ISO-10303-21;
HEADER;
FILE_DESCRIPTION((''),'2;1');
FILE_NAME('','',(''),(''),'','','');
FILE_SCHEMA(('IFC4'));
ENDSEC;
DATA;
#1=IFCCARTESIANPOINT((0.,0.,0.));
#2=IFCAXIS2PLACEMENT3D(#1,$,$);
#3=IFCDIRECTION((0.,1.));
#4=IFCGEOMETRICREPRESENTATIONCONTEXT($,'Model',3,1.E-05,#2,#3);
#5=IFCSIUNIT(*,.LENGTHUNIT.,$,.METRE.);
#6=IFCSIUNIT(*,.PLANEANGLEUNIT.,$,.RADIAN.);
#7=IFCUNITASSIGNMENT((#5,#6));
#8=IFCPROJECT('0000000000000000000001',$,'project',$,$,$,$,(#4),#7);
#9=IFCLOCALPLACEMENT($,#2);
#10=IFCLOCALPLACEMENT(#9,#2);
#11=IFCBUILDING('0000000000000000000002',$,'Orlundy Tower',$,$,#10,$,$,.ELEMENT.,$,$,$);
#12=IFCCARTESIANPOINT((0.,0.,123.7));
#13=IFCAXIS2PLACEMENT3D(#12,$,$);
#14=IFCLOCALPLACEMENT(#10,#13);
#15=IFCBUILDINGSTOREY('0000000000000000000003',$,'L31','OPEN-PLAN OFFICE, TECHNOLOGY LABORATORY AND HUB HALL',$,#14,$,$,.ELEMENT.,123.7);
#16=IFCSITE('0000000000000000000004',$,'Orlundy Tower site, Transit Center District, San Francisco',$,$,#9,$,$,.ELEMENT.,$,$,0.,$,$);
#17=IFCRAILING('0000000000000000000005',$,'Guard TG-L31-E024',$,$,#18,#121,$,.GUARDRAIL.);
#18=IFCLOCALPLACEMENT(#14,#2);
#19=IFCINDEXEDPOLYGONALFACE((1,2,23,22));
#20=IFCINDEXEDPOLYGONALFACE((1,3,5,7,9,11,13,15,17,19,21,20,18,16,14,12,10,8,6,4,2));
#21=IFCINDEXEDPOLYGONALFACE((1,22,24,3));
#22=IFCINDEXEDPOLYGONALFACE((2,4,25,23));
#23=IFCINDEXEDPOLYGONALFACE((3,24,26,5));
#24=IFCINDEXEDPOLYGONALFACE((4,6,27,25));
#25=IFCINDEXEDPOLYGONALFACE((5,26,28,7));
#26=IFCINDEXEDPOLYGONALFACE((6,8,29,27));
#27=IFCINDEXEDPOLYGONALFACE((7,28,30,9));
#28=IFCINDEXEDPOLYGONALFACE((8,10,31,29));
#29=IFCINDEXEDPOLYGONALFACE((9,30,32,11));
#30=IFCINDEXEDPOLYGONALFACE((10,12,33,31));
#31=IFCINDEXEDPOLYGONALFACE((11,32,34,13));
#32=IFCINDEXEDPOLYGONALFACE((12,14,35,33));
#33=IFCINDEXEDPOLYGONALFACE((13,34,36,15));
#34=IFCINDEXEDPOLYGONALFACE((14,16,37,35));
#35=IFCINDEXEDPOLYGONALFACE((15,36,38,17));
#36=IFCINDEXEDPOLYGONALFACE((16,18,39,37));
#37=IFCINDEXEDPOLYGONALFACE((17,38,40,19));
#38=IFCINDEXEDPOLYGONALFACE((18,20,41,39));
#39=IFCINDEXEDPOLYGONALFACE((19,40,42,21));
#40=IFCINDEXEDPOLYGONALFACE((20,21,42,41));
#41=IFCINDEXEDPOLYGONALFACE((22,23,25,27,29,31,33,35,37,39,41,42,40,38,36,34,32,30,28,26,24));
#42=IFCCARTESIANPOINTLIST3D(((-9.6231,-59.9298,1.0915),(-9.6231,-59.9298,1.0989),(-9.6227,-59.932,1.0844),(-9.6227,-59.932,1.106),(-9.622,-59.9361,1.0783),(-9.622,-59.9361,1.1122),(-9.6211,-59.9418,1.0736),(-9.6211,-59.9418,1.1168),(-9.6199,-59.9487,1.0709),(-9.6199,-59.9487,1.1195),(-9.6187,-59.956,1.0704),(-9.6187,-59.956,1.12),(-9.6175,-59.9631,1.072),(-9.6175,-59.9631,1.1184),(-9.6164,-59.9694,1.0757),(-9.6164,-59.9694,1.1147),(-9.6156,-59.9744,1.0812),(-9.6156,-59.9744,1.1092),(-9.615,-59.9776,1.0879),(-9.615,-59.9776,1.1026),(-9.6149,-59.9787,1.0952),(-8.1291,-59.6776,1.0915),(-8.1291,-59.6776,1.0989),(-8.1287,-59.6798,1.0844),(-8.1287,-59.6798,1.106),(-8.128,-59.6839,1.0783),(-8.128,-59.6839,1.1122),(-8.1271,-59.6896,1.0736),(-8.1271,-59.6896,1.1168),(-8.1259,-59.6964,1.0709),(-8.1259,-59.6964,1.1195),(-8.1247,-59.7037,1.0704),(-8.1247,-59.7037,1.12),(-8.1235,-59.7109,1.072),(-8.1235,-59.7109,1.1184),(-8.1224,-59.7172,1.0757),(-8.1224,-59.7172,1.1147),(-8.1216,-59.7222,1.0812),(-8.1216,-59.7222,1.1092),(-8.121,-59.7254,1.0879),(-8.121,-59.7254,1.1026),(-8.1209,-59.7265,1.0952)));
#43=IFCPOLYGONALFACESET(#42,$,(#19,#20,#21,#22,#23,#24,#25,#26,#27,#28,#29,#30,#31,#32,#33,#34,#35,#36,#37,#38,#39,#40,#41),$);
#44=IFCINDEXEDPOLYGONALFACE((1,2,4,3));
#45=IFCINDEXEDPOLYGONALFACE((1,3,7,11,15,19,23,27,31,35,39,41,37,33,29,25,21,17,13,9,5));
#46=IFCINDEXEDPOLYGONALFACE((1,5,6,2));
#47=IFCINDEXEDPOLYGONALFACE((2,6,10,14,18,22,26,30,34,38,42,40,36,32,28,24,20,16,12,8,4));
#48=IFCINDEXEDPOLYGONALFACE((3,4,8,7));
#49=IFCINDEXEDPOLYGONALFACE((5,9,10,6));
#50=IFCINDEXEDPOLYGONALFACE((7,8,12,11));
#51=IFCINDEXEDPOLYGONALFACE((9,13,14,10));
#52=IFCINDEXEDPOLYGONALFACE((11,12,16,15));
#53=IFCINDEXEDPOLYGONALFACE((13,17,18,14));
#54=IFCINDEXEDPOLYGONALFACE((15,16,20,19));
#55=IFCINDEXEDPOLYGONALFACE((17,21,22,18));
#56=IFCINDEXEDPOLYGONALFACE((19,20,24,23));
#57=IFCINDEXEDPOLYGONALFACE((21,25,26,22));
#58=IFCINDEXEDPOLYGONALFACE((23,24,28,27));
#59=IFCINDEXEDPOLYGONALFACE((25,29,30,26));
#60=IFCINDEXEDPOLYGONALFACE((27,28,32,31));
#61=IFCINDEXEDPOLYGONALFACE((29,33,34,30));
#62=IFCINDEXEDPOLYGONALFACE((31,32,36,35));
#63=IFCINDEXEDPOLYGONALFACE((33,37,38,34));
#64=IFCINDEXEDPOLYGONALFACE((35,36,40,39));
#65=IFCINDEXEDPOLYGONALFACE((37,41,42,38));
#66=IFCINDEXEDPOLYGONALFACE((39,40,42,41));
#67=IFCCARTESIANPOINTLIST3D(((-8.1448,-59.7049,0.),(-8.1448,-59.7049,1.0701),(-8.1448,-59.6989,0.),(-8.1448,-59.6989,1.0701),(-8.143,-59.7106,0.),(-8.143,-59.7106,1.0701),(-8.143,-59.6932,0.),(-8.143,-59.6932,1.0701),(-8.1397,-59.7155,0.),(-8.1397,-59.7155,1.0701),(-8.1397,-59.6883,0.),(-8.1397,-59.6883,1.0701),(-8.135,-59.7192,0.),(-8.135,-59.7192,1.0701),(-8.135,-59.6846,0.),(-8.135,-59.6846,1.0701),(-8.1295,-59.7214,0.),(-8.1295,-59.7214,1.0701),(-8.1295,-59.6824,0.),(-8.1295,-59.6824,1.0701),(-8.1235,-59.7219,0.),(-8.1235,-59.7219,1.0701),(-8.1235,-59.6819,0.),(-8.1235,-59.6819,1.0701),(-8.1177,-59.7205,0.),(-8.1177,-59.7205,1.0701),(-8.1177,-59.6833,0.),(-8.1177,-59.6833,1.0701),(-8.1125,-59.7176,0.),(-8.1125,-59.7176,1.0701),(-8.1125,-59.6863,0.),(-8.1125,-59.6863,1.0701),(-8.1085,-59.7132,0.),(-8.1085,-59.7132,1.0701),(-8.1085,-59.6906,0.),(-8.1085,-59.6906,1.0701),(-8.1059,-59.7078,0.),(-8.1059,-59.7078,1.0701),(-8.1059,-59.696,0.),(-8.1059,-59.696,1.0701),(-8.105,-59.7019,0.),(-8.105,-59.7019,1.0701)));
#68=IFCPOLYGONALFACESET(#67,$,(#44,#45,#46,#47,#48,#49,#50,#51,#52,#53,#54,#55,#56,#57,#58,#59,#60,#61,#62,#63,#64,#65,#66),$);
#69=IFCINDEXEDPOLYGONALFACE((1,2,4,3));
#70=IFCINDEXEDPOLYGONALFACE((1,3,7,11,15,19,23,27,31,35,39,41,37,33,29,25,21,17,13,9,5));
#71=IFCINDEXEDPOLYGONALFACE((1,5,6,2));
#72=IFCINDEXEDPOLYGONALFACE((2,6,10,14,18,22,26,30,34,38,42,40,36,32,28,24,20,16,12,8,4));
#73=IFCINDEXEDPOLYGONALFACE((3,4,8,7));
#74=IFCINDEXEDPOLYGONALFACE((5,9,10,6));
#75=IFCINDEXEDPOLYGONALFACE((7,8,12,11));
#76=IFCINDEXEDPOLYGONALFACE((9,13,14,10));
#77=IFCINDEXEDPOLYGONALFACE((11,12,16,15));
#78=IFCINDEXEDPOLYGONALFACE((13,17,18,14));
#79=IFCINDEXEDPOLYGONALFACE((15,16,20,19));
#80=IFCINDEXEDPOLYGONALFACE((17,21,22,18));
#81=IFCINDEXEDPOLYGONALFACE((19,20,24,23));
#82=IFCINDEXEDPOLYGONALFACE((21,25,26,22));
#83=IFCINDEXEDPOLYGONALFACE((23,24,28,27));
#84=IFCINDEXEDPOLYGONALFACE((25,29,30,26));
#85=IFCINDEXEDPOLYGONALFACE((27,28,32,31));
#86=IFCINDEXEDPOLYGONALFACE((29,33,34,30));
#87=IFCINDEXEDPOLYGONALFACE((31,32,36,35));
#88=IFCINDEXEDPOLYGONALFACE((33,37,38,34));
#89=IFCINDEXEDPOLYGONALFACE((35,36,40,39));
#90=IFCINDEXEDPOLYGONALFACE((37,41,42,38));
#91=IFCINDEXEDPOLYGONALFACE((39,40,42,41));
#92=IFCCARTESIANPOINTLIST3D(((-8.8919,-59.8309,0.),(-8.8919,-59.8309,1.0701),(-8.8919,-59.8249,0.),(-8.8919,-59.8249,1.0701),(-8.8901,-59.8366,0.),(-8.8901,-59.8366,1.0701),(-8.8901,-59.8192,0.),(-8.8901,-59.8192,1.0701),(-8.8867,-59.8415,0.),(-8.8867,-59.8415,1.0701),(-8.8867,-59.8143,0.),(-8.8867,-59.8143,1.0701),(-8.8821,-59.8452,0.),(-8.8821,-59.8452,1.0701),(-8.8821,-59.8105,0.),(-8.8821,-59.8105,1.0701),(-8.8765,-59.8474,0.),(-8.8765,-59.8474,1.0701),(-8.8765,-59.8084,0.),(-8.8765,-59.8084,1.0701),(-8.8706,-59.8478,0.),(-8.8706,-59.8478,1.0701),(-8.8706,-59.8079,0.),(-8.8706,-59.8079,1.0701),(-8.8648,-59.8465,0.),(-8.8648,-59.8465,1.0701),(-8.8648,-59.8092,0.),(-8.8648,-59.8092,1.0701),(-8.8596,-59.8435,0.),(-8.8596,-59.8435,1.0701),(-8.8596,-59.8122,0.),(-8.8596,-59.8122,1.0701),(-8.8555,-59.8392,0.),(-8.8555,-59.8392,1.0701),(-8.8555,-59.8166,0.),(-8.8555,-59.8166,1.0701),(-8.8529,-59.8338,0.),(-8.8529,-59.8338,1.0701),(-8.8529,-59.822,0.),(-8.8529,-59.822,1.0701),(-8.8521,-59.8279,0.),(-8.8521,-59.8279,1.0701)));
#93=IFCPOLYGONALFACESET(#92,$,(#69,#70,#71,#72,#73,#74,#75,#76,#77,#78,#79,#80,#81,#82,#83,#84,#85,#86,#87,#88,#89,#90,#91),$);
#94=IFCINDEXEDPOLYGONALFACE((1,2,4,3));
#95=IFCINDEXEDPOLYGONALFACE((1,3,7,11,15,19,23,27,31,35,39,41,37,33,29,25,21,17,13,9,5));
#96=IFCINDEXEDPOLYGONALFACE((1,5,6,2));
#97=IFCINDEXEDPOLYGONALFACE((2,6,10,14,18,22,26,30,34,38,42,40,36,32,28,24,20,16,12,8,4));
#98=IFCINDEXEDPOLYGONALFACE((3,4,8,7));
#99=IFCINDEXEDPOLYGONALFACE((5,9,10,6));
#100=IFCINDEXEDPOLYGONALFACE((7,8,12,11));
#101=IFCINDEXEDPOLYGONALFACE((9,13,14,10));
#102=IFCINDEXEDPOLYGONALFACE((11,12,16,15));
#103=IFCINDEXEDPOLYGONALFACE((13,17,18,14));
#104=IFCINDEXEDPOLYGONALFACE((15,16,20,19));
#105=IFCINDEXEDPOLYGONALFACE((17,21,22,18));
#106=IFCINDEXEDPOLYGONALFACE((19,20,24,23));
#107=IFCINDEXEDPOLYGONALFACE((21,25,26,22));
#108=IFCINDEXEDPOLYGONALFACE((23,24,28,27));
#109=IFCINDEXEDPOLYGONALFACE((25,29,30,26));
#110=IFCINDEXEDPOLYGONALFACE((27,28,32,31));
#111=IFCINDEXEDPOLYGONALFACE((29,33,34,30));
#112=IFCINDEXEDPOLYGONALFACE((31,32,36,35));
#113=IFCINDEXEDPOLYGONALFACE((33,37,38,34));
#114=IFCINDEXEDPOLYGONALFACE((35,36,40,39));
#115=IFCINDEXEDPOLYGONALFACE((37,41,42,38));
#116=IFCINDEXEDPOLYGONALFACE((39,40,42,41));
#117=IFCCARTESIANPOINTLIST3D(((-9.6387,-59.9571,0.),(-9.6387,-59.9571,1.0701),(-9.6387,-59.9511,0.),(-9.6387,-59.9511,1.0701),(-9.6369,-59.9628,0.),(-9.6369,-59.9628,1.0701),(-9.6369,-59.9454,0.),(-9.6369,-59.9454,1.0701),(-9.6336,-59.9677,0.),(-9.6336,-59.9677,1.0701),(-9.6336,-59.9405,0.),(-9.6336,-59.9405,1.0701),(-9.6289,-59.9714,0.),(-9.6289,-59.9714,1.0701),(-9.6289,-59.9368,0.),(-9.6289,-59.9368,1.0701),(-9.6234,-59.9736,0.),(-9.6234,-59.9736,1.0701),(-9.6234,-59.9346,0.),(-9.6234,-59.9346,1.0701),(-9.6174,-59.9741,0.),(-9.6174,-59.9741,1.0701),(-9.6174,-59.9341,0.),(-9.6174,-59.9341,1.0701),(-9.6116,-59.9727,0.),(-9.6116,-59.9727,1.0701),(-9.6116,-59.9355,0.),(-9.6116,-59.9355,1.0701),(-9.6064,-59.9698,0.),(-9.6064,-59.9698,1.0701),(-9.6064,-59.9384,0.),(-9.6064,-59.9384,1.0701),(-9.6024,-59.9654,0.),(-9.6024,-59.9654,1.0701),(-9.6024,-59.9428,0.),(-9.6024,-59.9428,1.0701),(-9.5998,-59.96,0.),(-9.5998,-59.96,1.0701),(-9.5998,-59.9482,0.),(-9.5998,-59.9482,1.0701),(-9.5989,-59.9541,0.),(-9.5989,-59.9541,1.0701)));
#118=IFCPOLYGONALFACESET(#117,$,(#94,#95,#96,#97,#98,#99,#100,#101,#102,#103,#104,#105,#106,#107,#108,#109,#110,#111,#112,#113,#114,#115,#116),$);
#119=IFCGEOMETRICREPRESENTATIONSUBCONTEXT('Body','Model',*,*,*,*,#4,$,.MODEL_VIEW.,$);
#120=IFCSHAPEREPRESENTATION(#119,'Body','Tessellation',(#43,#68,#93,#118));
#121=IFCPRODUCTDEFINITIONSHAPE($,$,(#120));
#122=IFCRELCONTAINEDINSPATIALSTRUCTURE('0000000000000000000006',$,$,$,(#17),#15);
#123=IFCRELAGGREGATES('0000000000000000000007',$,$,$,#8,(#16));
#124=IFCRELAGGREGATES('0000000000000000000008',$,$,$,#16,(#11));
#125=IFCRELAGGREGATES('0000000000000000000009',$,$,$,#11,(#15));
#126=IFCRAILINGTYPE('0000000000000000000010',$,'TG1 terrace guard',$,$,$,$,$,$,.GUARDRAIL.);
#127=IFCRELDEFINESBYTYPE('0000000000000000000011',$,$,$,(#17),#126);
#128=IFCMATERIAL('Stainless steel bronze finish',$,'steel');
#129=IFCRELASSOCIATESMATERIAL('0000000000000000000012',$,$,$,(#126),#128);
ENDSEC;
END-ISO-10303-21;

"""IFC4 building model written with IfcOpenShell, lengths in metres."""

from ifc_helpers import new_model, si_unit, direction, frame, origin, origin_2d, place, context, subcontext, project, spatial, circle, extrude, material, type_object, element, save


model = new_model("IFC4")

# Units and contexts
model_context = context("Model", 3, precision=1e-05, world=origin(), true_north=direction((0.0, 1.0)))
body_context = subcontext(model_context, "Body", "Model", "MODEL_VIEW")
ifc_project = project(units=[si_unit("LENGTHUNIT", "METRE"), si_unit("PLANEANGLEUNIT", "RADIAN")], contexts=[model_context])

# Site, building, storey
site_placement = place(None, origin())
site = spatial("IfcSite", under=ifc_project, at=site_placement, Name="Orlundy Tower site, Transit Center District, San Francisco", CompositionType="ELEMENT", RefElevation=0.0)
building_placement = place(site_placement, origin())
building = spatial("IfcBuilding", under=site, at=building_placement, Name="Orlundy Tower", CompositionType="ELEMENT")
storey_placement = place(building_placement, frame((0.0, 0.0, 123.7)))
storey = spatial("IfcBuildingStorey", under=building, at=storey_placement, Name="L31", Description="OPEN-PLAN OFFICE, TECHNOLOGY LABORATORY AND HUB HALL", CompositionType="ELEMENT", Elevation=123.7)

# Railing
ifc_material_1 = material(Name="Stainless steel bronze finish", Category="steel")
railing_type = type_object("IfcRailingType", Name="TG1 terrace guard", PredefinedType="GUARDRAIL", material=ifc_material_1)
railing_1_placement = place(storey_placement, frame((-8.125, -59.7019, 0.0)))
element("IfcRailing", 1, at=railing_1_placement, inside=storey, type_object=railing_type, Name="Guard TG-L31-E024", PredefinedType="GUARDRAIL", context=body_context, shape_type="SweptSolid", body=[
    extrude(circle(Radius=0.0249, at=origin_2d()), frame((0.0, 0.0, 1.0952), z_axis=(-0.986048, -0.166463, 0.0), x_axis=(0.166463, -0.986048, 0.0)), (0.0, 0.0, 1.0), 1.5151),
    extrude(circle(Radius=0.02, at=origin_2d()), origin(), (0.0, 0.0, 1.0), 1.0701),
    extrude(circle(Radius=0.02, at=origin_2d()), frame((-0.7471, -0.126, 0.0)), (0.0, 0.0, 1.0), 1.0701),
    extrude(circle(Radius=0.02, at=origin_2d()), frame((-1.4939, -0.2522, 0.0)), (0.0, 0.0, 1.0), 1.0701),
])

save(model, "model.ifc")
